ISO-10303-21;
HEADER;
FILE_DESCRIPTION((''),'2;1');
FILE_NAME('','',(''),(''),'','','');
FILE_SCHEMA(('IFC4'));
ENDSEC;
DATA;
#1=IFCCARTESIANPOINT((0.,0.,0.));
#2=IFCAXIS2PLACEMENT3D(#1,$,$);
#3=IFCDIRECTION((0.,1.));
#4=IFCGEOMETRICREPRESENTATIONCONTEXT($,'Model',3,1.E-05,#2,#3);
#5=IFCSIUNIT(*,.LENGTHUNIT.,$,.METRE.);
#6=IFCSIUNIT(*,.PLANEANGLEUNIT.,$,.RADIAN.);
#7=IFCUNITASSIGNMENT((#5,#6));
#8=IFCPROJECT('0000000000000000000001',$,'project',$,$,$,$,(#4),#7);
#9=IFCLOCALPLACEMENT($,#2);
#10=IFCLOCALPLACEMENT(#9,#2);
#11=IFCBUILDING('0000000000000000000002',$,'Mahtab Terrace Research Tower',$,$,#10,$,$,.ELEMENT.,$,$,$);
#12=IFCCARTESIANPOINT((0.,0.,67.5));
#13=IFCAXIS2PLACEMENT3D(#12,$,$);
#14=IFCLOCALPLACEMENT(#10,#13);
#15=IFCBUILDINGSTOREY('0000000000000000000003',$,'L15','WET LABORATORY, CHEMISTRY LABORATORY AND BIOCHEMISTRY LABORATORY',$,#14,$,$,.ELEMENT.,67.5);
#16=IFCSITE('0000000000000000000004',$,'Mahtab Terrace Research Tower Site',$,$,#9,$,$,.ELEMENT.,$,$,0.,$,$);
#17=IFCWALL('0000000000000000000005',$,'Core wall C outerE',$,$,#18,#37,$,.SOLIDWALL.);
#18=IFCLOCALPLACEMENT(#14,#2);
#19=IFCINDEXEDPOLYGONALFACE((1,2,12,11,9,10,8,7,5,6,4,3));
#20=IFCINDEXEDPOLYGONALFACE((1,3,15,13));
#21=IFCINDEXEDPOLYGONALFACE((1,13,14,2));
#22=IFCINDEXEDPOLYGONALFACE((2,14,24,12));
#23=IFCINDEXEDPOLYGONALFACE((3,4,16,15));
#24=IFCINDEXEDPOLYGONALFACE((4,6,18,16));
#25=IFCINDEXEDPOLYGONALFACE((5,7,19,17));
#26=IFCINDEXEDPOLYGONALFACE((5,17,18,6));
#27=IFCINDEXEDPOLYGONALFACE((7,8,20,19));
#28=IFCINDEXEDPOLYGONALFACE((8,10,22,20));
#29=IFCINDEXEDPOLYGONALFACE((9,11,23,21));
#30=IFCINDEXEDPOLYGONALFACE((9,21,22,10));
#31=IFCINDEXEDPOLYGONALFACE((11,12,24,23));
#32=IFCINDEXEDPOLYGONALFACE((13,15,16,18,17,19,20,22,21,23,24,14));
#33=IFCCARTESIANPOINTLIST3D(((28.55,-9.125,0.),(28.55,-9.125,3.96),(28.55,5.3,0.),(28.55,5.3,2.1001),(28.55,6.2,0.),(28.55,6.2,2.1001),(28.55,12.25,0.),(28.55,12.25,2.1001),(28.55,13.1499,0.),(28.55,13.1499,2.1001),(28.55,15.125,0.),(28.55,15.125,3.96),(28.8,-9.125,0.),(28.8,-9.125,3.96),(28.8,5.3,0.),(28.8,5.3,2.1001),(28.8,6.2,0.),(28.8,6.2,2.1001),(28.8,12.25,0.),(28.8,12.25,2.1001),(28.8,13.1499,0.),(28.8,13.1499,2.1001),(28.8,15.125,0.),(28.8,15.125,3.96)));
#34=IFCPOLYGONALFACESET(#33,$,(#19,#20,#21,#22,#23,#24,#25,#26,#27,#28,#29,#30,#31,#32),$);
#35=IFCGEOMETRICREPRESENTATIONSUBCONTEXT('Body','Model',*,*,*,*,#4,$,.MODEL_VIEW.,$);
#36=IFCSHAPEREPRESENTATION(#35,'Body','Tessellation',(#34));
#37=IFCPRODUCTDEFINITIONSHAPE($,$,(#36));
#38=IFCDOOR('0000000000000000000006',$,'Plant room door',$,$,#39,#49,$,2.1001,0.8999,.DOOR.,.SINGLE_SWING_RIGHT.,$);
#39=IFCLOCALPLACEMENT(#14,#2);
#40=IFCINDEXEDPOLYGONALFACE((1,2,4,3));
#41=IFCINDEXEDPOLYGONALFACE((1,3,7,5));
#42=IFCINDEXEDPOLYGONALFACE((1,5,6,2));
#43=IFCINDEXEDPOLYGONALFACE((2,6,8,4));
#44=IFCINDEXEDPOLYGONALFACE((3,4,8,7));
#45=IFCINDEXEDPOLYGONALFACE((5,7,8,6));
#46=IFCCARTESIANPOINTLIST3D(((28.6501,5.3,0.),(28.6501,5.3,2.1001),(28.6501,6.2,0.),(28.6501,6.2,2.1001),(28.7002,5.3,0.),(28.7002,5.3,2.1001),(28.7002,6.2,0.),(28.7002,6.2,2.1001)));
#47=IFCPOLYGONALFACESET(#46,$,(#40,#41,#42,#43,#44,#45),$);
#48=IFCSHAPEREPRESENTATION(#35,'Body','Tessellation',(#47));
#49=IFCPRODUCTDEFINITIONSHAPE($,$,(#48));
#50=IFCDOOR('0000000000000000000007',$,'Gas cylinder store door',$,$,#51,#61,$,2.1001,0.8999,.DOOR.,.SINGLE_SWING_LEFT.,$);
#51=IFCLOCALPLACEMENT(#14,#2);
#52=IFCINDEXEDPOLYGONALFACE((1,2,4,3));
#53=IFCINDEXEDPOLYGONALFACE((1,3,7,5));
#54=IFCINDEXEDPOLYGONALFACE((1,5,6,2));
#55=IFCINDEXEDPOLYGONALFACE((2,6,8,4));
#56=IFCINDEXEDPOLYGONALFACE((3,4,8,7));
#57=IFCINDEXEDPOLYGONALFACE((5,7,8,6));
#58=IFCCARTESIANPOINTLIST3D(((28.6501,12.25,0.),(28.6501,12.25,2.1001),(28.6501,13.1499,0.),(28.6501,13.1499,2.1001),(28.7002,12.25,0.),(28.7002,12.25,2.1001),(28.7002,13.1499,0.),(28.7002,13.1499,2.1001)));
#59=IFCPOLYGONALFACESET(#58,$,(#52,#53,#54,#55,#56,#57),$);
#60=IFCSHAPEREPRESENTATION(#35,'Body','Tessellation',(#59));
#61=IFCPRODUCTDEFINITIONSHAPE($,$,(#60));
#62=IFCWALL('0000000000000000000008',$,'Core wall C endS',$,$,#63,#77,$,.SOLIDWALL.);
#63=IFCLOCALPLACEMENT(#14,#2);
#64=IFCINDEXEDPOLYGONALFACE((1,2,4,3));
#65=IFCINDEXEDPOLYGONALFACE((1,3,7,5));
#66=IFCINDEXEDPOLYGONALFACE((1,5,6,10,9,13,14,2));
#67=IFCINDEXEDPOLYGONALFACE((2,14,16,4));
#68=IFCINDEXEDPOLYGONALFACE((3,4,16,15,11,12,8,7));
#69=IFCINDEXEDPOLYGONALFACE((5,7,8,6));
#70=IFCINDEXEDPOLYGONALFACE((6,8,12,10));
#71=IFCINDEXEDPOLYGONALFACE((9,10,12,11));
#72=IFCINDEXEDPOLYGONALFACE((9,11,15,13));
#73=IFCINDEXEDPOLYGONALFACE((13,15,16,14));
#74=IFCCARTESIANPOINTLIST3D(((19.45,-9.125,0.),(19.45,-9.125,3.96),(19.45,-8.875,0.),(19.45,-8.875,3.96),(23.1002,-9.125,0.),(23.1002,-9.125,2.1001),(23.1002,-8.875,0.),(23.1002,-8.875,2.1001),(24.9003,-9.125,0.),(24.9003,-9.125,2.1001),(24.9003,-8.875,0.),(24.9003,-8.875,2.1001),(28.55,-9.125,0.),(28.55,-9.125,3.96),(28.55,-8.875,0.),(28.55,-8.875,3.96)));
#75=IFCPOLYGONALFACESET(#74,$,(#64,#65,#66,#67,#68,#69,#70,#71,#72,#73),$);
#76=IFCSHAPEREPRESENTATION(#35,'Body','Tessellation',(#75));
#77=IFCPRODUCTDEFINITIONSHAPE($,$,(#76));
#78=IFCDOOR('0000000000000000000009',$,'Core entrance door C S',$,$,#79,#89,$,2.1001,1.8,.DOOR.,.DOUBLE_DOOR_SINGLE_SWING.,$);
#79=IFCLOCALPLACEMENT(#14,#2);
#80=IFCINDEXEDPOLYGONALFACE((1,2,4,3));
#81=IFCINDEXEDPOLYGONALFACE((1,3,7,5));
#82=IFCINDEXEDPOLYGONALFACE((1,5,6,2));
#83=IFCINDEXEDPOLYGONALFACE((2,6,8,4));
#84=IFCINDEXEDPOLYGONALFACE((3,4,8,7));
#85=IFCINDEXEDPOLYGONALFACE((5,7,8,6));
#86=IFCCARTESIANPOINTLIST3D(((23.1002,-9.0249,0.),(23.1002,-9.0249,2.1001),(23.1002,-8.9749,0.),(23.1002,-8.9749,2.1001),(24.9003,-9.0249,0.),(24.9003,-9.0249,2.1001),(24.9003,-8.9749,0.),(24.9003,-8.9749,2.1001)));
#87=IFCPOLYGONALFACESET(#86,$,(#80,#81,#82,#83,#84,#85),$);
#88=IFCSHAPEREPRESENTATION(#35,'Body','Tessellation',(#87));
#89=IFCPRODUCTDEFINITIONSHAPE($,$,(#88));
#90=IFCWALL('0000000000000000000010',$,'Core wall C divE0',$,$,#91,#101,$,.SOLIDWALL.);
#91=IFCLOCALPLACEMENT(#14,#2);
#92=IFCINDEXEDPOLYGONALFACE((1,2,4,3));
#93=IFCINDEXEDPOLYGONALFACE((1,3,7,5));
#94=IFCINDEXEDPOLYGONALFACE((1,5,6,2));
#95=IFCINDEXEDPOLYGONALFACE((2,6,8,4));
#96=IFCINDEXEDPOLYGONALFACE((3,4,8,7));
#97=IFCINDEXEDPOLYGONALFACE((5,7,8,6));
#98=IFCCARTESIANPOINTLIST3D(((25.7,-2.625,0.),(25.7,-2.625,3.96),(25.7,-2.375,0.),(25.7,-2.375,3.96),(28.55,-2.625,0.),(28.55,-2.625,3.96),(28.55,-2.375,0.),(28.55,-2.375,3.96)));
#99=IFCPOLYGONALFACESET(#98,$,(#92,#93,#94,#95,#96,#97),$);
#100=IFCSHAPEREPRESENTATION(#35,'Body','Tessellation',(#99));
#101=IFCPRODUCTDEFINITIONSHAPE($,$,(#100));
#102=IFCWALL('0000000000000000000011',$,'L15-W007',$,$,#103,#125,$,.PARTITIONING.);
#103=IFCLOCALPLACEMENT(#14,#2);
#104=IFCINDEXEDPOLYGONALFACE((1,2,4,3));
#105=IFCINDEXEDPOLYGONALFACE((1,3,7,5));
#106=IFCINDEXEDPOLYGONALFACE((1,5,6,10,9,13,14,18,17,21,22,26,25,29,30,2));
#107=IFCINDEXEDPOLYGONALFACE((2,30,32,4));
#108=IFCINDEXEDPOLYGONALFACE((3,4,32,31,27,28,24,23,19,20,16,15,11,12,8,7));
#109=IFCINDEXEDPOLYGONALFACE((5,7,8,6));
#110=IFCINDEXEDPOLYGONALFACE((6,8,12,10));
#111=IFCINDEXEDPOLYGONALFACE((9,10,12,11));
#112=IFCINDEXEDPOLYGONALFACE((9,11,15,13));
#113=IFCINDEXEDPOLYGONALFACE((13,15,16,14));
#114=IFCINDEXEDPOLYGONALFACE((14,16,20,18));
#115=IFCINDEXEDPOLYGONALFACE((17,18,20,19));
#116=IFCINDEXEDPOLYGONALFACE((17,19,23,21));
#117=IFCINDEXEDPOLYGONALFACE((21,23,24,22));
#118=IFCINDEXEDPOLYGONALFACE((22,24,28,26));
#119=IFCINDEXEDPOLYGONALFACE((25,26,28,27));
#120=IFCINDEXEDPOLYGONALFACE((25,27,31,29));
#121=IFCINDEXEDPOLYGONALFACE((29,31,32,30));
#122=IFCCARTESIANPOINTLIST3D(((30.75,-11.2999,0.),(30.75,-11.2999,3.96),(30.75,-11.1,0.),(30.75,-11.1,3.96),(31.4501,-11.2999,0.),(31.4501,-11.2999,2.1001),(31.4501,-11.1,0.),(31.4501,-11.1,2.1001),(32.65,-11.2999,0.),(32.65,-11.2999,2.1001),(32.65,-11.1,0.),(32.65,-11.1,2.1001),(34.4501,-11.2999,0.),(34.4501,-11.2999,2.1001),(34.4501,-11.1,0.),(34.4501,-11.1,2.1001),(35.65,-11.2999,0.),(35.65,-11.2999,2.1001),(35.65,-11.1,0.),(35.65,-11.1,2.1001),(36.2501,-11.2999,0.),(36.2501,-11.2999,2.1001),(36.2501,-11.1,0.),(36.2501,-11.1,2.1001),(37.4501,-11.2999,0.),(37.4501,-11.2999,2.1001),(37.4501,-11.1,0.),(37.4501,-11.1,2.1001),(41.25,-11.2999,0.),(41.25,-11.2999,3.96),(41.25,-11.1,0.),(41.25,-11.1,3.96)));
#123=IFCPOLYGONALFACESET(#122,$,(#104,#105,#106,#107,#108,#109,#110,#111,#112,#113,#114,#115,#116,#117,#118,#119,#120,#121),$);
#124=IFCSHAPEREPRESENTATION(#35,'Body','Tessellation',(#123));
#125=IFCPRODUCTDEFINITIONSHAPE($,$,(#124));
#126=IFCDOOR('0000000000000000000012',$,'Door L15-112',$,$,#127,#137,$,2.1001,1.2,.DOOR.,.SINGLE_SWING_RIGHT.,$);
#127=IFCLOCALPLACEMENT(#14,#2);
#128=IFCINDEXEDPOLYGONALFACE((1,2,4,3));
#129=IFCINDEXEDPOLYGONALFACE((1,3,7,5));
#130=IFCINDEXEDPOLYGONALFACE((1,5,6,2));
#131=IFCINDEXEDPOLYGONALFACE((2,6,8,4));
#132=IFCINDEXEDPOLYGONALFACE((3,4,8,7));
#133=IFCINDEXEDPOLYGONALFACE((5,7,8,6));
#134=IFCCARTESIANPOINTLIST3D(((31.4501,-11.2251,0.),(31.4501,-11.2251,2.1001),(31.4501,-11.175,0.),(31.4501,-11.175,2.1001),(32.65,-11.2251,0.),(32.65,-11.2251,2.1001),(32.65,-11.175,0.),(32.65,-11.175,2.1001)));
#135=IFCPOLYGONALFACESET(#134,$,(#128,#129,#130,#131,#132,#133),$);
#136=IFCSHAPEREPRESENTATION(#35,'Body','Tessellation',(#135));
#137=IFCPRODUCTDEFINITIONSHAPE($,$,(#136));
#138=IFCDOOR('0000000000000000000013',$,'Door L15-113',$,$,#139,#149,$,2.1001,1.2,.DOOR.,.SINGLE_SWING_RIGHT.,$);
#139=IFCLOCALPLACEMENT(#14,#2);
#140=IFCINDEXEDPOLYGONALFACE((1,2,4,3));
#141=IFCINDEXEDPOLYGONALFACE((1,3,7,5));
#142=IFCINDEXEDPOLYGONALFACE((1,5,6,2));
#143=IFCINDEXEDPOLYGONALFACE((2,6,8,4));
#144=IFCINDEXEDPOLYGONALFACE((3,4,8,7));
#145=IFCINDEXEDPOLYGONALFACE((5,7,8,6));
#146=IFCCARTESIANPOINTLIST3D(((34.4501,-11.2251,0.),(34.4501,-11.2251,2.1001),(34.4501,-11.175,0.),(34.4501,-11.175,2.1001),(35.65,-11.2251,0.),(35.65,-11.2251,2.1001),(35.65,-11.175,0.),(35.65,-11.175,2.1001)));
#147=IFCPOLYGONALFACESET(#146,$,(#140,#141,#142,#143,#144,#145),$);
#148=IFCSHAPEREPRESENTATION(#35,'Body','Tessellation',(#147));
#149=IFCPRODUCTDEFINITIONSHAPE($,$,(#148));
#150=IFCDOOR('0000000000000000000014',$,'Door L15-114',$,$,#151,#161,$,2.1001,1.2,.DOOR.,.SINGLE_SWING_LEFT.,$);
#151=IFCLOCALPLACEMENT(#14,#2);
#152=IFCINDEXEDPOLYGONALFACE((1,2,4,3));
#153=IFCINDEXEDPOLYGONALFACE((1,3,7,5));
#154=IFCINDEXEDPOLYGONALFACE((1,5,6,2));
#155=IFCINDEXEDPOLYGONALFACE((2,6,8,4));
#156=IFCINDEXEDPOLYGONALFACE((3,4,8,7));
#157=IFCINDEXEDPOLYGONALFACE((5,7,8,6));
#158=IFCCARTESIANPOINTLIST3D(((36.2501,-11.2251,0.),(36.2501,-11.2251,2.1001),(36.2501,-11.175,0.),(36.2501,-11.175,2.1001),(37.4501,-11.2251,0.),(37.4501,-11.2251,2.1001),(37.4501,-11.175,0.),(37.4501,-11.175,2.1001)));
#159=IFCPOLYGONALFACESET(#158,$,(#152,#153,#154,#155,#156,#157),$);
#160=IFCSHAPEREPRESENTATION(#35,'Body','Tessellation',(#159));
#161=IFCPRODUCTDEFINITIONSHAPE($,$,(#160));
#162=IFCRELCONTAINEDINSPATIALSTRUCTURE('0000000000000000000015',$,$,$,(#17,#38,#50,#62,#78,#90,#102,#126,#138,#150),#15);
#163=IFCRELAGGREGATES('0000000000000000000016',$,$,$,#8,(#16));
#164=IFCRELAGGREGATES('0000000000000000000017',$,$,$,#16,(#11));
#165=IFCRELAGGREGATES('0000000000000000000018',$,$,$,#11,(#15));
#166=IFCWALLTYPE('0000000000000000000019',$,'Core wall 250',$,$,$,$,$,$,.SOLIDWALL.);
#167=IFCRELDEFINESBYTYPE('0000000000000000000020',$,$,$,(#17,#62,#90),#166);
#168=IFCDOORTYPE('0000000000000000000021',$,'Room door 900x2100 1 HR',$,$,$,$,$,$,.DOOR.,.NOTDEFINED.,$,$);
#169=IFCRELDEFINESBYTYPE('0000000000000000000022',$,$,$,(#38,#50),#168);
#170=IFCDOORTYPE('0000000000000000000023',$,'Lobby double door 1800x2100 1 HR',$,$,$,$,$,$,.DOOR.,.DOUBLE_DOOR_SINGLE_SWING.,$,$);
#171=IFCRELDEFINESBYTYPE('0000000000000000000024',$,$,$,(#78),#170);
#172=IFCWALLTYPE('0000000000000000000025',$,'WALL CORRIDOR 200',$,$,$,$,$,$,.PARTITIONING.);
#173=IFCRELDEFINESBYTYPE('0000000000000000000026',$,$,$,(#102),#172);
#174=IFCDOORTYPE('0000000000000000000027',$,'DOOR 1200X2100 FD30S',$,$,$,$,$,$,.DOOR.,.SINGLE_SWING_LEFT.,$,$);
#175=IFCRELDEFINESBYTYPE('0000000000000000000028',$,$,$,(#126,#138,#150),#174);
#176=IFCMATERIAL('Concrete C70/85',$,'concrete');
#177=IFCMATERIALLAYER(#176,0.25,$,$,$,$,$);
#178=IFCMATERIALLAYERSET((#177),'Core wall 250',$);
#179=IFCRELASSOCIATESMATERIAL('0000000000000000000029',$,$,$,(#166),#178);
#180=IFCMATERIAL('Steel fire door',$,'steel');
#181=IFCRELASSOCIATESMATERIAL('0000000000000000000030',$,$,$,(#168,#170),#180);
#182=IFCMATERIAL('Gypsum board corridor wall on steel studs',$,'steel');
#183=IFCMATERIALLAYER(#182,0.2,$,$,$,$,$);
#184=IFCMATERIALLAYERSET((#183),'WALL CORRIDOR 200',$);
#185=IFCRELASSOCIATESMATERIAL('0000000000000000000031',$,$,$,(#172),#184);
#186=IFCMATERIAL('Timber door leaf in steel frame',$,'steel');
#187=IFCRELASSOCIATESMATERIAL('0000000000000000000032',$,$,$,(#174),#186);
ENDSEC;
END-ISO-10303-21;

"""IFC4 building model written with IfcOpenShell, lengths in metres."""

from ifc_helpers import new_model, si_unit, direction, frame, frame_2d, origin, place, context, subcontext, project, spatial, rectangle, extrude, material, layer, layer_set, type_object, element, fill, save


model = new_model("IFC4")

# Units and contexts
model_context = context("Model", 3, precision=1e-05, world=origin(), true_north=direction((0.0, 1.0)))
body_context = subcontext(model_context, "Body", "Model", "MODEL_VIEW")
ifc_project = project(units=[si_unit("LENGTHUNIT", "METRE"), si_unit("PLANEANGLEUNIT", "RADIAN")], contexts=[model_context])

# Site, building, storey
site_placement = place(None, origin())
site = spatial("IfcSite", under=ifc_project, at=site_placement, Name="Mahtab Terrace Research Tower Site", CompositionType="ELEMENT", RefElevation=0.0)
building_placement = place(site_placement, origin())
building = spatial("IfcBuilding", under=site, at=building_placement, Name="Mahtab Terrace Research Tower", CompositionType="ELEMENT")
storey_placement = place(building_placement, frame((0.0, 0.0, 67.5)))
storey = spatial("IfcBuildingStorey", under=building, at=storey_placement, Name="L15", Description="WET LABORATORY, CHEMISTRY LABORATORY AND BIOCHEMISTRY LABORATORY", CompositionType="ELEMENT", Elevation=67.5)

# Wall, openings, doors
ifc_material_1 = material(Name="Concrete C70/85", Category="concrete")
ifc_layer_1 = layer(ifc_material_1, 0.25)
ifc_layer_set_1 = layer_set([ifc_layer_1], Name="Core wall 250")
wall_type_1 = type_object("IfcWallType", Name="Core wall 250", PredefinedType="SOLIDWALL", material=ifc_layer_set_1)
wall_1_placement = place(storey_placement, frame((28.675, -9.125, 0.0), z_axis=(0.0, 0.0, 1.0), x_axis=(0.0, 1.0, 0.0)))
wall_1 = element("IfcWall", 1, at=wall_1_placement, inside=storey, type_object=wall_type_1, Name="Core wall C outerE", PredefinedType="SOLIDWALL", context=body_context, shape_type="SweptSolid", body=[
    extrude(rectangle(XDim=24.25, YDim=0.25, at=frame_2d((12.125, 0.0))), origin(), (0.0, 0.0, 1.0), 3.96),
])
opening_1_placement = place(wall_1_placement, frame((14.425, 0.0, 0.0)))
opening_1 = element("IfcOpeningElement", 2, at=opening_1_placement, cuts=wall_1, PredefinedType="OPENING", context=body_context, shape_type="SweptSolid", body=[
    extrude(rectangle(XDim=0.8999, YDim=2.1001, at=frame_2d((0.45, 1.05))), frame((0.0, 0.135, 0.0), z_axis=(0.0, -1.0, 0.0), x_axis=(1.0, 0.0, 0.0)), (0.0, 0.0, 1.0), 0.27),
])
opening_2_placement = place(wall_1_placement, frame((21.375, 0.0, 0.0)))
opening_2 = element("IfcOpeningElement", 3, at=opening_2_placement, cuts=wall_1, PredefinedType="OPENING", context=body_context, shape_type="SweptSolid", body=[
    extrude(rectangle(XDim=0.8999, YDim=2.1001, at=frame_2d((0.45, 1.05))), frame((0.0, 0.135, 0.0), z_axis=(0.0, -1.0, 0.0), x_axis=(1.0, 0.0, 0.0)), (0.0, 0.0, 1.0), 0.27),
])
ifc_material_2 = material(Name="Steel fire door", Category="steel")
door_type_1 = type_object("IfcDoorType", Name="Room door 900x2100 1 HR", OperationType="NOTDEFINED", PredefinedType="DOOR", material=ifc_material_2)
door_1_placement = place(opening_1_placement, origin())
door_1 = element("IfcDoor", 4, at=door_1_placement, inside=storey, type_object=door_type_1, Name="Plant room door", OperationType="SINGLE_SWING_RIGHT", OverallHeight=2.1001, OverallWidth=0.8999, PredefinedType="DOOR", context=body_context, shape_type="SweptSolid", body=[
    extrude(rectangle(XDim=0.8999, YDim=2.1001, at=frame_2d((0.45, 1.05))), frame((0.0, 0.0249, 0.0), z_axis=(0.0, -1.0, 0.0), x_axis=(1.0, 0.0, 0.0)), (0.0, 0.0, 1.0), 0.05),
])
fill(opening_1, door_1)
door_2_placement = place(opening_2_placement, origin())
door_2 = element("IfcDoor", 5, at=door_2_placement, inside=storey, type_object=door_type_1, Name="Gas cylinder store door", OperationType="SINGLE_SWING_LEFT", OverallHeight=2.1001, OverallWidth=0.8999, PredefinedType="DOOR", context=body_context, shape_type="SweptSolid", body=[
    extrude(rectangle(XDim=0.8999, YDim=2.1001, at=frame_2d((0.45, 1.05))), frame((0.0, 0.0249, 0.0), z_axis=(0.0, -1.0, 0.0), x_axis=(1.0, 0.0, 0.0)), (0.0, 0.0, 1.0), 0.05),
])
fill(opening_2, door_2)

# Wall, opening, door
wall_2_placement = place(storey_placement, frame((28.55, -9.0, 0.0), z_axis=(0.0, 0.0, 1.0), x_axis=(-1.0, 0.0, 0.0)))
wall_2 = element("IfcWall", 6, at=wall_2_placement, inside=storey, type_object=wall_type_1, Name="Core wall C endS", PredefinedType="SOLIDWALL", context=body_context, shape_type="SweptSolid", body=[
    extrude(rectangle(XDim=9.1001, YDim=0.25, at=frame_2d((4.55, 0.0))), origin(), (0.0, 0.0, 1.0), 3.96),
])
opening_3_placement = place(wall_2_placement, frame((3.6499, 0.0, 0.0)))
opening_3 = element("IfcOpeningElement", 7, at=opening_3_placement, cuts=wall_2, PredefinedType="OPENING", context=body_context, shape_type="SweptSolid", body=[
    extrude(rectangle(XDim=1.8, YDim=2.1001, at=frame_2d((0.8999, 1.05))), frame((0.0, 0.135, 0.0), z_axis=(0.0, -1.0, 0.0), x_axis=(1.0, 0.0, 0.0)), (0.0, 0.0, 1.0), 0.27),
])
door_type_2 = type_object("IfcDoorType", Name="Lobby double door 1800x2100 1 HR", OperationType="DOUBLE_DOOR_SINGLE_SWING", PredefinedType="DOOR", material=ifc_material_2)
door_3_placement = place(opening_3_placement, origin())
door_3 = element("IfcDoor", 8, at=door_3_placement, inside=storey, type_object=door_type_2, Name="Core entrance door C S", OperationType="DOUBLE_DOOR_SINGLE_SWING", OverallHeight=2.1001, OverallWidth=1.8, PredefinedType="DOOR", context=body_context, shape_type="SweptSolid", body=[
    extrude(rectangle(XDim=1.8, YDim=2.1001, at=frame_2d((0.8999, 1.05))), frame((0.0, 0.0249, 0.0), z_axis=(0.0, -1.0, 0.0), x_axis=(1.0, 0.0, 0.0)), (0.0, 0.0, 1.0), 0.05),
])
fill(opening_3, door_3)

# Wall
wall_3_placement = place(storey_placement, frame((25.7, -2.5, 0.0), z_axis=(0.0, 0.0, 1.0), x_axis=(1.0, 0.0, 0.0)))
element("IfcWall", 9, at=wall_3_placement, inside=storey, type_object=wall_type_1, Name="Core wall C divE0", PredefinedType="SOLIDWALL", context=body_context, shape_type="SweptSolid", body=[
    extrude(rectangle(XDim=2.8501, YDim=0.25, at=frame_2d((1.425, 0.0))), origin(), (0.0, 0.0, 1.0), 3.96),
])

# Wall, openings, doors
ifc_material_3 = material(Name="Gypsum board corridor wall on steel studs", Category="steel")
ifc_layer_2 = layer(ifc_material_3, 0.2)
ifc_layer_set_2 = layer_set([ifc_layer_2], Name="WALL CORRIDOR 200")
wall_type_2 = type_object("IfcWallType", Name="WALL CORRIDOR 200", PredefinedType="PARTITIONING", material=ifc_layer_set_2)
wall_4_placement = place(storey_placement, frame((30.75, -11.2, 0.0), z_axis=(0.0, 0.0, 1.0), x_axis=(1.0, 0.0, 0.0)))
wall_4 = element("IfcWall", 10, at=wall_4_placement, inside=storey, type_object=wall_type_2, Name="L15-W007", PredefinedType="PARTITIONING", context=body_context, shape_type="SweptSolid", body=[
    extrude(rectangle(XDim=10.5, YDim=0.2, at=frame_2d((5.25, 0.0))), origin(), (0.0, 0.0, 1.0), 3.96),
])
opening_4_placement = place(wall_4_placement, frame((0.7, 0.0, 0.0)))
opening_4 = element("IfcOpeningElement", 11, at=opening_4_placement, cuts=wall_4, PredefinedType="OPENING", context=body_context, shape_type="SweptSolid", body=[
    extrude(rectangle(XDim=1.2, YDim=2.1001, at=frame_2d((0.6001, 1.05))), frame((0.0, 0.1099, 0.0), z_axis=(0.0, -1.0, 0.0), x_axis=(1.0, 0.0, 0.0)), (0.0, 0.0, 1.0), 0.22),
])
opening_5_placement = place(wall_4_placement, frame((3.7, 0.0, 0.0)))
opening_5 = element("IfcOpeningElement", 12, at=opening_5_placement, cuts=wall_4, PredefinedType="OPENING", context=body_context, shape_type="SweptSolid", body=[
    extrude(rectangle(XDim=1.2, YDim=2.1001, at=frame_2d((0.6001, 1.05))), frame((0.0, 0.1099, 0.0), z_axis=(0.0, -1.0, 0.0), x_axis=(1.0, 0.0, 0.0)), (0.0, 0.0, 1.0), 0.22),
])
opening_6_placement = place(wall_4_placement, frame((5.5, 0.0, 0.0)))
opening_6 = element("IfcOpeningElement", 13, at=opening_6_placement, cuts=wall_4, PredefinedType="OPENING", context=body_context, shape_type="SweptSolid", body=[
    extrude(rectangle(XDim=1.2, YDim=2.1001, at=frame_2d((0.6001, 1.05))), frame((0.0, 0.1099, 0.0), z_axis=(0.0, -1.0, 0.0), x_axis=(1.0, 0.0, 0.0)), (0.0, 0.0, 1.0), 0.22),
])
ifc_material_4 = material(Name="Timber door leaf in steel frame", Category="steel")
door_type_3 = type_object("IfcDoorType", Name="DOOR 1200X2100 FD30S", OperationType="SINGLE_SWING_LEFT", PredefinedType="DOOR", material=ifc_material_4)
door_4_placement = place(opening_4_placement, origin())
door_4 = element("IfcDoor", 14, at=door_4_placement, inside=storey, type_object=door_type_3, Name="Door L15-112", OperationType="SINGLE_SWING_RIGHT", OverallHeight=2.1001, OverallWidth=1.2, PredefinedType="DOOR", context=body_context, shape_type="SweptSolid", body=[
    extrude(rectangle(XDim=1.2, YDim=2.1001, at=frame_2d((0.6001, 1.05))), frame((0.0, 0.0249, 0.0), z_axis=(0.0, -1.0, 0.0), x_axis=(1.0, 0.0, 0.0)), (0.0, 0.0, 1.0), 0.05),
])
fill(opening_4, door_4)
door_5_placement = place(opening_5_placement, origin())
door_5 = element("IfcDoor", 15, at=door_5_placement, inside=storey, type_object=door_type_3, Name="Door L15-113", OperationType="SINGLE_SWING_RIGHT", OverallHeight=2.1001, OverallWidth=1.2, PredefinedType="DOOR", context=body_context, shape_type="SweptSolid", body=[
    extrude(rectangle(XDim=1.2, YDim=2.1001, at=frame_2d((0.6001, 1.05))), frame((0.0, 0.0249, 0.0), z_axis=(0.0, -1.0, 0.0), x_axis=(1.0, 0.0, 0.0)), (0.0, 0.0, 1.0), 0.05),
])
fill(opening_5, door_5)
door_6_placement = place(opening_6_placement, origin())
door_6 = element("IfcDoor", 16, at=door_6_placement, inside=storey, type_object=door_type_3, Name="Door L15-114", OperationType="SINGLE_SWING_LEFT", OverallHeight=2.1001, OverallWidth=1.2, PredefinedType="DOOR", context=body_context, shape_type="SweptSolid", body=[
    extrude(rectangle(XDim=1.2, YDim=2.1001, at=frame_2d((0.6001, 1.05))), frame((0.0, 0.0249, 0.0), z_axis=(0.0, -1.0, 0.0), x_axis=(1.0, 0.0, 0.0)), (0.0, 0.0, 1.0), 0.05),
])
fill(opening_6, door_6)

save(model, "model.ifc")
